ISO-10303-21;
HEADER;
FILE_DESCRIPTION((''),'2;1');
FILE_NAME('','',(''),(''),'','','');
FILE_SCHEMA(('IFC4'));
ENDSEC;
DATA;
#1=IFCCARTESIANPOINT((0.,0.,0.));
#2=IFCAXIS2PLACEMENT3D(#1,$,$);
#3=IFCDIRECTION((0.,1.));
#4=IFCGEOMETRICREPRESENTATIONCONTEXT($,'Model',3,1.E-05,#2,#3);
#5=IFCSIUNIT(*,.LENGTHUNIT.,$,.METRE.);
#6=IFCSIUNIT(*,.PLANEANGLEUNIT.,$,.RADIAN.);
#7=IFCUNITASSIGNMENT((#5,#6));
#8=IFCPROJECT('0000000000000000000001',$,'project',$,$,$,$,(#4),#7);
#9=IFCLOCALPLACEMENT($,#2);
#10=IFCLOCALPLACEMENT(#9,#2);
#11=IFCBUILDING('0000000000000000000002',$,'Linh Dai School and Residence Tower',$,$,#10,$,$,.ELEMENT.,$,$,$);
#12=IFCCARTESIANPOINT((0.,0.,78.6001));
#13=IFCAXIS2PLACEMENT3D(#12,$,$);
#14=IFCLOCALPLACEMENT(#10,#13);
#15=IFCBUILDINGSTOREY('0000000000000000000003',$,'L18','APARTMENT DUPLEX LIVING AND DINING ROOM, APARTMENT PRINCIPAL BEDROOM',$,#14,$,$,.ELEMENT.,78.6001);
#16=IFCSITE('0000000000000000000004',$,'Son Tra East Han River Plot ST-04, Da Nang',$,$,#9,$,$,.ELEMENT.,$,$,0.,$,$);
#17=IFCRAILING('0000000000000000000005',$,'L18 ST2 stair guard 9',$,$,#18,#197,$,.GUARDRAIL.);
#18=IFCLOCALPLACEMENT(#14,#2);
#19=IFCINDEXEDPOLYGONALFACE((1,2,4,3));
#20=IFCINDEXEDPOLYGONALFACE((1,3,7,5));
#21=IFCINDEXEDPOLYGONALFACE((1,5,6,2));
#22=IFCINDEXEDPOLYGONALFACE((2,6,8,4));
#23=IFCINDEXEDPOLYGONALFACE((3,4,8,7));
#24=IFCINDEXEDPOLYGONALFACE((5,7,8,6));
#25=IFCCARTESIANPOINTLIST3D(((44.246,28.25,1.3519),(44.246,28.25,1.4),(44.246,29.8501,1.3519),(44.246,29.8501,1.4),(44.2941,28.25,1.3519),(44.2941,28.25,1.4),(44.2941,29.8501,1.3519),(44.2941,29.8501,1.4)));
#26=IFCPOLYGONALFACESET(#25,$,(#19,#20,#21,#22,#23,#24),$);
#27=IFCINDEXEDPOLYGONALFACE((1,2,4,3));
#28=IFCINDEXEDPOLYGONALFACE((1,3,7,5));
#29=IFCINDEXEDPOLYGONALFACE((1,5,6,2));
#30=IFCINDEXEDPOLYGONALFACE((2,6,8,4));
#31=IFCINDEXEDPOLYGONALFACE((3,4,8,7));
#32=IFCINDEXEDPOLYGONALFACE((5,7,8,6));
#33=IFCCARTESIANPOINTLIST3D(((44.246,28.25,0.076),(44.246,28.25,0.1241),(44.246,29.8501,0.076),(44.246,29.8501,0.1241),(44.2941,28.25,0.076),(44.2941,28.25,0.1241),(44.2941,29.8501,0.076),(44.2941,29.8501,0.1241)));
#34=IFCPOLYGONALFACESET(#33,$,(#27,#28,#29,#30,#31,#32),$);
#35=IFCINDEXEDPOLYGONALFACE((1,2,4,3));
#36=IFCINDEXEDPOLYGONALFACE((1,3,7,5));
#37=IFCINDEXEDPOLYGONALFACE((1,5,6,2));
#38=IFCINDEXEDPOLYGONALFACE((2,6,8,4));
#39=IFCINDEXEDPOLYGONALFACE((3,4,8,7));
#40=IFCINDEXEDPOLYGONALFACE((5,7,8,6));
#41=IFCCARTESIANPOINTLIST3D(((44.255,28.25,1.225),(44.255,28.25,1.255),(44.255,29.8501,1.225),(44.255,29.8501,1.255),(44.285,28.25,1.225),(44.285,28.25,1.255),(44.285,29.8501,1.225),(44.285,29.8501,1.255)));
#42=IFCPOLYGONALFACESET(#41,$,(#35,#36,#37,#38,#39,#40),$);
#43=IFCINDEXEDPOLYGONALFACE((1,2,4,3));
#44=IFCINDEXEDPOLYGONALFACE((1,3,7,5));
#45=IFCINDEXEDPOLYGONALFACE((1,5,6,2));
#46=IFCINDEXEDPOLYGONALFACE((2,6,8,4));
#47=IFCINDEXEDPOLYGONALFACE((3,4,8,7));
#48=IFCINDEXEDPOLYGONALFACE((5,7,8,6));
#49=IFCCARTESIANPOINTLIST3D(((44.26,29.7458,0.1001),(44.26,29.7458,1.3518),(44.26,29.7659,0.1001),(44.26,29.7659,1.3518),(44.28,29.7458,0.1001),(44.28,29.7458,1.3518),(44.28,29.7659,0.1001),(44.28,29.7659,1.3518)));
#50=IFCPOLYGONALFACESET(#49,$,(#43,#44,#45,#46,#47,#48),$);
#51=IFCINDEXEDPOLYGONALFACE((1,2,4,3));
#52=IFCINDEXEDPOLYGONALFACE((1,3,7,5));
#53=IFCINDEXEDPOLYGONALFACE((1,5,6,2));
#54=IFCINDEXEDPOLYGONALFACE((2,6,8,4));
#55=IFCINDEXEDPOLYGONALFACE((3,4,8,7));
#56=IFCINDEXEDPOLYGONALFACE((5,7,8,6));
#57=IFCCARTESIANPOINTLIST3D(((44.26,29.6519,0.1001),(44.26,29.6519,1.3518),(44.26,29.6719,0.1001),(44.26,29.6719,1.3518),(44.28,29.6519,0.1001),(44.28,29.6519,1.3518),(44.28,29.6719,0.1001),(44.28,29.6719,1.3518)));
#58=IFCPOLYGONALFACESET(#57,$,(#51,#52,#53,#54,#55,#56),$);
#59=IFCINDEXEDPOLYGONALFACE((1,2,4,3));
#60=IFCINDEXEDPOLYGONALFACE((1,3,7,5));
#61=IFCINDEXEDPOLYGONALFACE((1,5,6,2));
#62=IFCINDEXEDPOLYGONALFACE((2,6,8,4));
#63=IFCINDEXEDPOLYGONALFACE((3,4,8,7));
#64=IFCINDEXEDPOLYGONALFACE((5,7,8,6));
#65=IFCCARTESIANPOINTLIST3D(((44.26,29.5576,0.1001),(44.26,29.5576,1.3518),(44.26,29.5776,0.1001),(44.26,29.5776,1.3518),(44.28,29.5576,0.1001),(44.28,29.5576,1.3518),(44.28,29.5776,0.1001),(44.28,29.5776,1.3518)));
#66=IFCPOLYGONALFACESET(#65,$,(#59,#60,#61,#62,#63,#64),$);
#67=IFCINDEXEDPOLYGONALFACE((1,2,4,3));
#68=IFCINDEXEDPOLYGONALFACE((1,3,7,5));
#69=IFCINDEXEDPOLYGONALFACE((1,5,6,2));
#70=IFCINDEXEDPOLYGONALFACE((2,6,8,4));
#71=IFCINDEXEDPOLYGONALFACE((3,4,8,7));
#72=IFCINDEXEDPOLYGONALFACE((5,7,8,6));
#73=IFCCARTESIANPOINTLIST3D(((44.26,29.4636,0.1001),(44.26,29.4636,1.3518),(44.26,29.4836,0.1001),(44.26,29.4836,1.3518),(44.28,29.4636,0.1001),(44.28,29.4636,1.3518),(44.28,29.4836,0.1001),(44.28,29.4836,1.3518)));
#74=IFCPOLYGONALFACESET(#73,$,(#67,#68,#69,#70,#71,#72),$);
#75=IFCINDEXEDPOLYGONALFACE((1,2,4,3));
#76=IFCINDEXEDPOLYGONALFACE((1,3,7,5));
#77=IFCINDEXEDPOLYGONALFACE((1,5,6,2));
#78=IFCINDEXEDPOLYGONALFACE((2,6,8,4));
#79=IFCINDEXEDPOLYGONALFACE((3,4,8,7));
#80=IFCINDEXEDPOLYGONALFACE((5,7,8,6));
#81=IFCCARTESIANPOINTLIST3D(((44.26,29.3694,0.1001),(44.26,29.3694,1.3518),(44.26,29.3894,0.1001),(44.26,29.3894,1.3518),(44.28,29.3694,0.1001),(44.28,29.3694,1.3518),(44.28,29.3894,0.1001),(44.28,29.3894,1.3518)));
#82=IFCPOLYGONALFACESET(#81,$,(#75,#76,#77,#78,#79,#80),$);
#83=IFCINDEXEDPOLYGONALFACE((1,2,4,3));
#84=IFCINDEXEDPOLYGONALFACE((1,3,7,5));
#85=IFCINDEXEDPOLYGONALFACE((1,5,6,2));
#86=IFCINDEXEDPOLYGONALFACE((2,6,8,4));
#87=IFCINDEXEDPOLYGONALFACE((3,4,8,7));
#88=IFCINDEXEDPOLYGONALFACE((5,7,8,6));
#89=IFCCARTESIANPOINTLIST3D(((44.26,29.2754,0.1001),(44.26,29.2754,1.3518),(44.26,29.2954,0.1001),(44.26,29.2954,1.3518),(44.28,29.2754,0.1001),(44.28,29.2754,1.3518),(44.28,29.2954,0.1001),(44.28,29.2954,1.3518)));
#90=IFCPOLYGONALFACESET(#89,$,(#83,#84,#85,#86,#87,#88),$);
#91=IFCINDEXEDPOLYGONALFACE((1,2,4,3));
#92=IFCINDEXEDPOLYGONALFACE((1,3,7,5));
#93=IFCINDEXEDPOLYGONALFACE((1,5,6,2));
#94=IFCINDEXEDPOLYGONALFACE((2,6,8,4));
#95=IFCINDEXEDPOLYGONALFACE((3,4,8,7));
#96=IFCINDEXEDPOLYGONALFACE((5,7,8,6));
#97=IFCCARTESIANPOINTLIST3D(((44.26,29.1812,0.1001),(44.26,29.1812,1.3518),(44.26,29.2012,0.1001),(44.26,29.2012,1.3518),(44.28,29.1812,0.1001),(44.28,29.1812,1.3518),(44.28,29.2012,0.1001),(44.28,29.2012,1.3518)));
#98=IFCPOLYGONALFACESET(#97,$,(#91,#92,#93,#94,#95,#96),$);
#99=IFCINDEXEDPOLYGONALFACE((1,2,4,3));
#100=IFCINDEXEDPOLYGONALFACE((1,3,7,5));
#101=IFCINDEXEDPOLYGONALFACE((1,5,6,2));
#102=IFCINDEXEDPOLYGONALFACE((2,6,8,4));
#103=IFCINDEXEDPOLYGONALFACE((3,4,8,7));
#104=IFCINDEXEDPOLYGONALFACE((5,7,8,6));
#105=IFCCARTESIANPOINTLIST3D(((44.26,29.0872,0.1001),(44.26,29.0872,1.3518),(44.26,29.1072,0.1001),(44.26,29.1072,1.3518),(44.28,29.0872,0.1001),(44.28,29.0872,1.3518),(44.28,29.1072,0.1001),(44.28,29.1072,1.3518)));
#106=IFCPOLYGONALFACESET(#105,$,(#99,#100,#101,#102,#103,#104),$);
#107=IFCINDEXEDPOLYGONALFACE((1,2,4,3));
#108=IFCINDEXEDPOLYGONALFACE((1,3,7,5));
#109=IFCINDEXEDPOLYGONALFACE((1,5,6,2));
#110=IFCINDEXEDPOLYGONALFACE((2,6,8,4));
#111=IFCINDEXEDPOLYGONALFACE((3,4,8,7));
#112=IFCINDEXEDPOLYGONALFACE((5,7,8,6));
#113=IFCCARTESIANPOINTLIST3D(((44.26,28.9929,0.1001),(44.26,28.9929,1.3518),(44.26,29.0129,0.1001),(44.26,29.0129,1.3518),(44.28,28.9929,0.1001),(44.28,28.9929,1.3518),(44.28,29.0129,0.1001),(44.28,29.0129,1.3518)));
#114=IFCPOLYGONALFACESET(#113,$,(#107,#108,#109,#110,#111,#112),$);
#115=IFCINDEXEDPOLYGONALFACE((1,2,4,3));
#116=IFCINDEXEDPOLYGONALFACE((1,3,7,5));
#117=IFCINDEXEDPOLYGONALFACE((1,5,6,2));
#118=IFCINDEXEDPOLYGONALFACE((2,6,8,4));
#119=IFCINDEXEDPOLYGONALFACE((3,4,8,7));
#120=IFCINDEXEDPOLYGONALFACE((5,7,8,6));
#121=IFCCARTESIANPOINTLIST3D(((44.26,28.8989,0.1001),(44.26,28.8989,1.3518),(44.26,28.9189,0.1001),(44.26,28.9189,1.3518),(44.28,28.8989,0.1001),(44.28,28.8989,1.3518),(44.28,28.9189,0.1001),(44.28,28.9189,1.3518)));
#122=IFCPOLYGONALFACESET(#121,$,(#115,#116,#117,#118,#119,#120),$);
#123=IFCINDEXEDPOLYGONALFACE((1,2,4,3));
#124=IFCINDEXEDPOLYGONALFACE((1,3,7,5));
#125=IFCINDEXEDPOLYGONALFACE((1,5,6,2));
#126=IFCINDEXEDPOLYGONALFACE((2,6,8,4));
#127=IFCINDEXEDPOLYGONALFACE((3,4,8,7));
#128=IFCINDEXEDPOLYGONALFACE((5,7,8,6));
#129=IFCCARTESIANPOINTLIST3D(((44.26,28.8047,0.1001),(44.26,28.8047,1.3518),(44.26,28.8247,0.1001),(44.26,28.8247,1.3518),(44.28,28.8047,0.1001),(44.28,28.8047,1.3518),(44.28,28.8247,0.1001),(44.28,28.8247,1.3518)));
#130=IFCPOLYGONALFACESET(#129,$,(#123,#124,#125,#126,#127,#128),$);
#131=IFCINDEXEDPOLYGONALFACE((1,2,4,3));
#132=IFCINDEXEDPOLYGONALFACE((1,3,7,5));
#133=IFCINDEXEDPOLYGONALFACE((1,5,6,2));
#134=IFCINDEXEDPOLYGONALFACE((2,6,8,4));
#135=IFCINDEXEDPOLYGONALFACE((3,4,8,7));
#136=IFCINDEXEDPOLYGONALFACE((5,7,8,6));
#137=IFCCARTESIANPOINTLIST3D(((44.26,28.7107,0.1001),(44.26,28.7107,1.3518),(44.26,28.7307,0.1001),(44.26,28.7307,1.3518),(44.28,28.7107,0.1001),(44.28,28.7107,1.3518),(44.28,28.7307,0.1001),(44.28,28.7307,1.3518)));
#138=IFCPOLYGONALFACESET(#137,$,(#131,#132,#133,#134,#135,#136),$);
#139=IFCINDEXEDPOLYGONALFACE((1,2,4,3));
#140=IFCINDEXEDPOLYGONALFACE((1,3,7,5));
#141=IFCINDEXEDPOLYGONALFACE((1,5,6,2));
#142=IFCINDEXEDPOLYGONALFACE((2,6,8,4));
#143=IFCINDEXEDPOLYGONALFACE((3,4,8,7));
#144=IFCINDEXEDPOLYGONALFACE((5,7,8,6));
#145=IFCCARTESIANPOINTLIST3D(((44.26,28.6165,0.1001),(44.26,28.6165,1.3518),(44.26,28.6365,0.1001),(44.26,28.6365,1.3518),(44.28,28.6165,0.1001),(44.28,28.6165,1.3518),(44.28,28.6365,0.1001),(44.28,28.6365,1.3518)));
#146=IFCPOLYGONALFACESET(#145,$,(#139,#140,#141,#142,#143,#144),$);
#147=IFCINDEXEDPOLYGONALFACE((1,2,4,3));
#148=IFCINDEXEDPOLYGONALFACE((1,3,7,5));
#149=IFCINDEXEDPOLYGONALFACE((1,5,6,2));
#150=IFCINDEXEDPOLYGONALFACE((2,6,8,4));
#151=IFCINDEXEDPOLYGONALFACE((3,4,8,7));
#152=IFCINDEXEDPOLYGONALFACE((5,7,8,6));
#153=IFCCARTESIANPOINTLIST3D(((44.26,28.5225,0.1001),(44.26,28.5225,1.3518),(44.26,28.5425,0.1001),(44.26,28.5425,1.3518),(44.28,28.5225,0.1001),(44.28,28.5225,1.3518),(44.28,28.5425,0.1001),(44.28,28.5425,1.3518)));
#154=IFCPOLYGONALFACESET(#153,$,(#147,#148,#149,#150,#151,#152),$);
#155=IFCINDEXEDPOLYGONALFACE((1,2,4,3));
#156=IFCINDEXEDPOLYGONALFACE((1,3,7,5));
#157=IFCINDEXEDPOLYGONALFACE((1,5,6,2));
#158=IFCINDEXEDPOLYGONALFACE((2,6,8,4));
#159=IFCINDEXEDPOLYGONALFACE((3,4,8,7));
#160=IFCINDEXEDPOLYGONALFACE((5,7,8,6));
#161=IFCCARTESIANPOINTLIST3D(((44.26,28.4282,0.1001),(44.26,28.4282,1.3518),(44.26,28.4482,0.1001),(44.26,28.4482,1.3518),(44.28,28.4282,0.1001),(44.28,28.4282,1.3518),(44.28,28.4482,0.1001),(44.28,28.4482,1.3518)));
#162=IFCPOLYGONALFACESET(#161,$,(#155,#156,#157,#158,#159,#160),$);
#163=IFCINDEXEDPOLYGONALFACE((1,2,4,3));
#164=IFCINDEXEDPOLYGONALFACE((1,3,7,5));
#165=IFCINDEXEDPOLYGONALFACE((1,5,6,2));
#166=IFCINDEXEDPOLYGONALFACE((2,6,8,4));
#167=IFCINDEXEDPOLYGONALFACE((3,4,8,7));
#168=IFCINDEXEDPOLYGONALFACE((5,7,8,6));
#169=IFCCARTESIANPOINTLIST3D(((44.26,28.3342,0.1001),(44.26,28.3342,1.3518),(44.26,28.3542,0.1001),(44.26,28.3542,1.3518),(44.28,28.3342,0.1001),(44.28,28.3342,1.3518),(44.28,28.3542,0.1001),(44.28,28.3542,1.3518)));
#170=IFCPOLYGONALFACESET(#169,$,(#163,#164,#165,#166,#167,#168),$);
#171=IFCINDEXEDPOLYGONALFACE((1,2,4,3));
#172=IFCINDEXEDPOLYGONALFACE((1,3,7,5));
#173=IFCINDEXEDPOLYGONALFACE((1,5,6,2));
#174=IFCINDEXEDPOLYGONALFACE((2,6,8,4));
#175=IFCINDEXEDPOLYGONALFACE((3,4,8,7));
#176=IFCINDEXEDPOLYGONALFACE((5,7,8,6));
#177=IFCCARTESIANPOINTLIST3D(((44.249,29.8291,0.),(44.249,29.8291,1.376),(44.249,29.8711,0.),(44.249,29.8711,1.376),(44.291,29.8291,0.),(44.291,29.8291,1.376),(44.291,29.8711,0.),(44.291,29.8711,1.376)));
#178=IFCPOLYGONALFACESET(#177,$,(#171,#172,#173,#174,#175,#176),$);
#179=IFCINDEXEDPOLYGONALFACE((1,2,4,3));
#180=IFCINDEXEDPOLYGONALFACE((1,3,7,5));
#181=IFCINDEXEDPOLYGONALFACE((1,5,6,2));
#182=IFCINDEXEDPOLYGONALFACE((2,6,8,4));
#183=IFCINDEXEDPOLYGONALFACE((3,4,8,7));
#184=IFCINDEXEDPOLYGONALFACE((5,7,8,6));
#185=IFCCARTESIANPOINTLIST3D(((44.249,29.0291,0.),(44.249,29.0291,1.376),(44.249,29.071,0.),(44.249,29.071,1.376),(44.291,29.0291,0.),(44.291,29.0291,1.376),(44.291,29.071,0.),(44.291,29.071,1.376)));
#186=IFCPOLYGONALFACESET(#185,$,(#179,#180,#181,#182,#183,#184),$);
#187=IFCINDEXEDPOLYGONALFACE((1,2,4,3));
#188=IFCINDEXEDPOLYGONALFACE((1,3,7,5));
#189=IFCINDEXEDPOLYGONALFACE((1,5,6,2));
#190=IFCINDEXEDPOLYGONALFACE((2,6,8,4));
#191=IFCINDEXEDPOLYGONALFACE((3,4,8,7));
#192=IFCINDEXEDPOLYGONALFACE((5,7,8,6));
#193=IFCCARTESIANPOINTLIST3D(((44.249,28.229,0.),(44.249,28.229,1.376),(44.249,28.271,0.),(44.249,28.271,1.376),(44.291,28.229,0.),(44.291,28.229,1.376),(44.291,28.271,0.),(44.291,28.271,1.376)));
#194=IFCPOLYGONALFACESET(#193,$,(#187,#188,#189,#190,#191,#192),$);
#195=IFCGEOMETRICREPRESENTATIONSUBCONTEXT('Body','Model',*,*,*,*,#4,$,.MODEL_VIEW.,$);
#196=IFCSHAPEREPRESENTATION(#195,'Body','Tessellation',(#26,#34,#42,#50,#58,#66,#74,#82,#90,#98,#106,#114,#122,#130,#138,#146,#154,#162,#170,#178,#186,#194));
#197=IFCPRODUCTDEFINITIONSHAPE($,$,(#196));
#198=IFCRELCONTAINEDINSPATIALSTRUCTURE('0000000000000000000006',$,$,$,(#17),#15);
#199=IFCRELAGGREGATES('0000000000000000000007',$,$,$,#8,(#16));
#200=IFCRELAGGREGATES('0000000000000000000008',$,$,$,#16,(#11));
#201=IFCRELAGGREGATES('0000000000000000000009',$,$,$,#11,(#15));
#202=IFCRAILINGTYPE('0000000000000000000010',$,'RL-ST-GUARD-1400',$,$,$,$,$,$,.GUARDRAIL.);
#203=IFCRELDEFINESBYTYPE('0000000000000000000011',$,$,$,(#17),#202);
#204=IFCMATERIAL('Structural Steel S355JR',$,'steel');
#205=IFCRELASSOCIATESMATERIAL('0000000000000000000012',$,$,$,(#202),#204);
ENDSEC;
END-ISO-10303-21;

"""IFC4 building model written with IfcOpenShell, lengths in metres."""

from ifc_helpers import new_model, si_unit, direction, frame, origin, origin_2d, place, context, subcontext, project, spatial, rectangle, extrude, source, transform, mapped, material, type_object, element, save


model = new_model("IFC4")

# Units and contexts
model_context = context("Model", 3, precision=1e-05, world=origin(), true_north=direction((0.0, 1.0)))
body_context = subcontext(model_context, "Body", "Model", "MODEL_VIEW")
ifc_project = project(units=[si_unit("LENGTHUNIT", "METRE"), si_unit("PLANEANGLEUNIT", "RADIAN")], contexts=[model_context])

# Site, building, storey
site_placement = place(None, origin())
site = spatial("IfcSite", under=ifc_project, at=site_placement, Name="Son Tra East Han River Plot ST-04, Da Nang", CompositionType="ELEMENT", RefElevation=0.0)
building_placement = place(site_placement, origin())
building = spatial("IfcBuilding", under=site, at=building_placement, Name="Linh Dai School and Residence Tower", CompositionType="ELEMENT")
storey_placement = place(building_placement, frame((0.0, 0.0, 78.6001)))
storey = spatial("IfcBuildingStorey", under=building, at=storey_placement, Name="L18", Description="APARTMENT DUPLEX LIVING AND DINING ROOM, APARTMENT PRINCIPAL BEDROOM", CompositionType="ELEMENT", Elevation=78.6001)

# Shared definitions
ifc_material_1 = material(Name="Structural Steel S355JR", Category="steel")

# Railing
railing_type_1 = type_object("IfcRailingType", Name="RL-ST-GUARD-1400", PredefinedType="GUARDRAIL", material=ifc_material_1)
shared_shape_1 = source(origin(), body_context, "Body", "SweptSolid", [
    extrude(rectangle(XDim=0.0481, YDim=0.0481, at=origin_2d()), frame((0.0, 0.0, 1.376), z_axis=(0.0, -1.0, 0.0), x_axis=(1.0, 0.0, 0.0)), (0.0, 0.0, 1.0), 1.6001),
    extrude(rectangle(XDim=0.0481, YDim=0.0481, at=origin_2d()), frame((0.0, 0.0, 0.1001), z_axis=(0.0, -1.0, 0.0), x_axis=(1.0, 0.0, 0.0)), (0.0, 0.0, 1.0), 1.6001),
    extrude(rectangle(XDim=0.03, YDim=0.03, at=origin_2d()), frame((0.0, 0.0, 1.24), z_axis=(0.0, -1.0, 0.0), x_axis=(1.0, 0.0, 0.0)), (0.0, 0.0, 1.0), 1.6001),
    extrude(rectangle(XDim=0.02, YDim=0.02, at=origin_2d()), frame((0.0, -0.0942, 0.1001)), (0.0, 0.0, 1.0), 1.2517),
    extrude(rectangle(XDim=0.02, YDim=0.02, at=origin_2d()), frame((0.0, -0.1882, 0.1001)), (0.0, 0.0, 1.0), 1.2517),
    extrude(rectangle(XDim=0.02, YDim=0.02, at=origin_2d()), frame((0.0, -0.2825, 0.1001)), (0.0, 0.0, 1.0), 1.2517),
    extrude(rectangle(XDim=0.02, YDim=0.02, at=origin_2d()), frame((0.0, -0.3765, 0.1001)), (0.0, 0.0, 1.0), 1.2517),
    extrude(rectangle(XDim=0.02, YDim=0.02, at=origin_2d()), frame((0.0, -0.4707, 0.1001)), (0.0, 0.0, 1.0), 1.2517),
    extrude(rectangle(XDim=0.02, YDim=0.02, at=origin_2d()), frame((0.0, -0.5647, 0.1001)), (0.0, 0.0, 1.0), 1.2517),
    extrude(rectangle(XDim=0.02, YDim=0.02, at=origin_2d()), frame((0.0, -0.6589, 0.1001)), (0.0, 0.0, 1.0), 1.2517),
    extrude(rectangle(XDim=0.02, YDim=0.02, at=origin_2d()), frame((0.0, -0.7529, 0.1001)), (0.0, 0.0, 1.0), 1.2517),
    extrude(rectangle(XDim=0.02, YDim=0.02, at=origin_2d()), frame((0.0, -0.8472, 0.1001)), (0.0, 0.0, 1.0), 1.2517),
    extrude(rectangle(XDim=0.02, YDim=0.02, at=origin_2d()), frame((0.0, -0.9412, 0.1001)), (0.0, 0.0, 1.0), 1.2517),
    extrude(rectangle(XDim=0.02, YDim=0.02, at=origin_2d()), frame((0.0, -1.0354, 0.1001)), (0.0, 0.0, 1.0), 1.2517),
    extrude(rectangle(XDim=0.02, YDim=0.02, at=origin_2d()), frame((0.0, -1.1294, 0.1001)), (0.0, 0.0, 1.0), 1.2517),
    extrude(rectangle(XDim=0.02, YDim=0.02, at=origin_2d()), frame((0.0, -1.2236, 0.1001)), (0.0, 0.0, 1.0), 1.2517),
    extrude(rectangle(XDim=0.02, YDim=0.02, at=origin_2d()), frame((0.0, -1.3176, 0.1001)), (0.0, 0.0, 1.0), 1.2517),
    extrude(rectangle(XDim=0.02, YDim=0.02, at=origin_2d()), frame((0.0, -1.4119, 0.1001)), (0.0, 0.0, 1.0), 1.2517),
    extrude(rectangle(XDim=0.02, YDim=0.02, at=origin_2d()), frame((0.0, -1.5059, 0.1001)), (0.0, 0.0, 1.0), 1.2517),
    extrude(rectangle(XDim=0.042, YDim=0.042, at=origin_2d()), origin(), (0.0, 0.0, 1.0), 1.376),
    extrude(rectangle(XDim=0.042, YDim=0.042, at=origin_2d()), frame((0.0, -0.8, 0.0)), (0.0, 0.0, 1.0), 1.376),
    extrude(rectangle(XDim=0.042, YDim=0.042, at=origin_2d()), frame((0.0, -1.6001, 0.0)), (0.0, 0.0, 1.0), 1.376),
])
for number, where, name in (
    (1, (44.27, 29.8501, 0.0), "L18 ST2 stair guard 9"),
):
    element("IfcRailing", number, at=place(storey_placement, frame(where)), inside=storey, type_object=railing_type_1, Name=name, PredefinedType="GUARDRAIL", context=body_context, shape_type="MappedRepresentation", body=[
        mapped(shared_shape_1, transform((0.0, 0.0, 0.0), x_axis=(1.0, 0.0, 0.0), y_axis=(0.0, 1.0, 0.0), z_axis=(0.0, 0.0, 1.0), scale=1.0)),
    ])

save(model, "model.ifc")
